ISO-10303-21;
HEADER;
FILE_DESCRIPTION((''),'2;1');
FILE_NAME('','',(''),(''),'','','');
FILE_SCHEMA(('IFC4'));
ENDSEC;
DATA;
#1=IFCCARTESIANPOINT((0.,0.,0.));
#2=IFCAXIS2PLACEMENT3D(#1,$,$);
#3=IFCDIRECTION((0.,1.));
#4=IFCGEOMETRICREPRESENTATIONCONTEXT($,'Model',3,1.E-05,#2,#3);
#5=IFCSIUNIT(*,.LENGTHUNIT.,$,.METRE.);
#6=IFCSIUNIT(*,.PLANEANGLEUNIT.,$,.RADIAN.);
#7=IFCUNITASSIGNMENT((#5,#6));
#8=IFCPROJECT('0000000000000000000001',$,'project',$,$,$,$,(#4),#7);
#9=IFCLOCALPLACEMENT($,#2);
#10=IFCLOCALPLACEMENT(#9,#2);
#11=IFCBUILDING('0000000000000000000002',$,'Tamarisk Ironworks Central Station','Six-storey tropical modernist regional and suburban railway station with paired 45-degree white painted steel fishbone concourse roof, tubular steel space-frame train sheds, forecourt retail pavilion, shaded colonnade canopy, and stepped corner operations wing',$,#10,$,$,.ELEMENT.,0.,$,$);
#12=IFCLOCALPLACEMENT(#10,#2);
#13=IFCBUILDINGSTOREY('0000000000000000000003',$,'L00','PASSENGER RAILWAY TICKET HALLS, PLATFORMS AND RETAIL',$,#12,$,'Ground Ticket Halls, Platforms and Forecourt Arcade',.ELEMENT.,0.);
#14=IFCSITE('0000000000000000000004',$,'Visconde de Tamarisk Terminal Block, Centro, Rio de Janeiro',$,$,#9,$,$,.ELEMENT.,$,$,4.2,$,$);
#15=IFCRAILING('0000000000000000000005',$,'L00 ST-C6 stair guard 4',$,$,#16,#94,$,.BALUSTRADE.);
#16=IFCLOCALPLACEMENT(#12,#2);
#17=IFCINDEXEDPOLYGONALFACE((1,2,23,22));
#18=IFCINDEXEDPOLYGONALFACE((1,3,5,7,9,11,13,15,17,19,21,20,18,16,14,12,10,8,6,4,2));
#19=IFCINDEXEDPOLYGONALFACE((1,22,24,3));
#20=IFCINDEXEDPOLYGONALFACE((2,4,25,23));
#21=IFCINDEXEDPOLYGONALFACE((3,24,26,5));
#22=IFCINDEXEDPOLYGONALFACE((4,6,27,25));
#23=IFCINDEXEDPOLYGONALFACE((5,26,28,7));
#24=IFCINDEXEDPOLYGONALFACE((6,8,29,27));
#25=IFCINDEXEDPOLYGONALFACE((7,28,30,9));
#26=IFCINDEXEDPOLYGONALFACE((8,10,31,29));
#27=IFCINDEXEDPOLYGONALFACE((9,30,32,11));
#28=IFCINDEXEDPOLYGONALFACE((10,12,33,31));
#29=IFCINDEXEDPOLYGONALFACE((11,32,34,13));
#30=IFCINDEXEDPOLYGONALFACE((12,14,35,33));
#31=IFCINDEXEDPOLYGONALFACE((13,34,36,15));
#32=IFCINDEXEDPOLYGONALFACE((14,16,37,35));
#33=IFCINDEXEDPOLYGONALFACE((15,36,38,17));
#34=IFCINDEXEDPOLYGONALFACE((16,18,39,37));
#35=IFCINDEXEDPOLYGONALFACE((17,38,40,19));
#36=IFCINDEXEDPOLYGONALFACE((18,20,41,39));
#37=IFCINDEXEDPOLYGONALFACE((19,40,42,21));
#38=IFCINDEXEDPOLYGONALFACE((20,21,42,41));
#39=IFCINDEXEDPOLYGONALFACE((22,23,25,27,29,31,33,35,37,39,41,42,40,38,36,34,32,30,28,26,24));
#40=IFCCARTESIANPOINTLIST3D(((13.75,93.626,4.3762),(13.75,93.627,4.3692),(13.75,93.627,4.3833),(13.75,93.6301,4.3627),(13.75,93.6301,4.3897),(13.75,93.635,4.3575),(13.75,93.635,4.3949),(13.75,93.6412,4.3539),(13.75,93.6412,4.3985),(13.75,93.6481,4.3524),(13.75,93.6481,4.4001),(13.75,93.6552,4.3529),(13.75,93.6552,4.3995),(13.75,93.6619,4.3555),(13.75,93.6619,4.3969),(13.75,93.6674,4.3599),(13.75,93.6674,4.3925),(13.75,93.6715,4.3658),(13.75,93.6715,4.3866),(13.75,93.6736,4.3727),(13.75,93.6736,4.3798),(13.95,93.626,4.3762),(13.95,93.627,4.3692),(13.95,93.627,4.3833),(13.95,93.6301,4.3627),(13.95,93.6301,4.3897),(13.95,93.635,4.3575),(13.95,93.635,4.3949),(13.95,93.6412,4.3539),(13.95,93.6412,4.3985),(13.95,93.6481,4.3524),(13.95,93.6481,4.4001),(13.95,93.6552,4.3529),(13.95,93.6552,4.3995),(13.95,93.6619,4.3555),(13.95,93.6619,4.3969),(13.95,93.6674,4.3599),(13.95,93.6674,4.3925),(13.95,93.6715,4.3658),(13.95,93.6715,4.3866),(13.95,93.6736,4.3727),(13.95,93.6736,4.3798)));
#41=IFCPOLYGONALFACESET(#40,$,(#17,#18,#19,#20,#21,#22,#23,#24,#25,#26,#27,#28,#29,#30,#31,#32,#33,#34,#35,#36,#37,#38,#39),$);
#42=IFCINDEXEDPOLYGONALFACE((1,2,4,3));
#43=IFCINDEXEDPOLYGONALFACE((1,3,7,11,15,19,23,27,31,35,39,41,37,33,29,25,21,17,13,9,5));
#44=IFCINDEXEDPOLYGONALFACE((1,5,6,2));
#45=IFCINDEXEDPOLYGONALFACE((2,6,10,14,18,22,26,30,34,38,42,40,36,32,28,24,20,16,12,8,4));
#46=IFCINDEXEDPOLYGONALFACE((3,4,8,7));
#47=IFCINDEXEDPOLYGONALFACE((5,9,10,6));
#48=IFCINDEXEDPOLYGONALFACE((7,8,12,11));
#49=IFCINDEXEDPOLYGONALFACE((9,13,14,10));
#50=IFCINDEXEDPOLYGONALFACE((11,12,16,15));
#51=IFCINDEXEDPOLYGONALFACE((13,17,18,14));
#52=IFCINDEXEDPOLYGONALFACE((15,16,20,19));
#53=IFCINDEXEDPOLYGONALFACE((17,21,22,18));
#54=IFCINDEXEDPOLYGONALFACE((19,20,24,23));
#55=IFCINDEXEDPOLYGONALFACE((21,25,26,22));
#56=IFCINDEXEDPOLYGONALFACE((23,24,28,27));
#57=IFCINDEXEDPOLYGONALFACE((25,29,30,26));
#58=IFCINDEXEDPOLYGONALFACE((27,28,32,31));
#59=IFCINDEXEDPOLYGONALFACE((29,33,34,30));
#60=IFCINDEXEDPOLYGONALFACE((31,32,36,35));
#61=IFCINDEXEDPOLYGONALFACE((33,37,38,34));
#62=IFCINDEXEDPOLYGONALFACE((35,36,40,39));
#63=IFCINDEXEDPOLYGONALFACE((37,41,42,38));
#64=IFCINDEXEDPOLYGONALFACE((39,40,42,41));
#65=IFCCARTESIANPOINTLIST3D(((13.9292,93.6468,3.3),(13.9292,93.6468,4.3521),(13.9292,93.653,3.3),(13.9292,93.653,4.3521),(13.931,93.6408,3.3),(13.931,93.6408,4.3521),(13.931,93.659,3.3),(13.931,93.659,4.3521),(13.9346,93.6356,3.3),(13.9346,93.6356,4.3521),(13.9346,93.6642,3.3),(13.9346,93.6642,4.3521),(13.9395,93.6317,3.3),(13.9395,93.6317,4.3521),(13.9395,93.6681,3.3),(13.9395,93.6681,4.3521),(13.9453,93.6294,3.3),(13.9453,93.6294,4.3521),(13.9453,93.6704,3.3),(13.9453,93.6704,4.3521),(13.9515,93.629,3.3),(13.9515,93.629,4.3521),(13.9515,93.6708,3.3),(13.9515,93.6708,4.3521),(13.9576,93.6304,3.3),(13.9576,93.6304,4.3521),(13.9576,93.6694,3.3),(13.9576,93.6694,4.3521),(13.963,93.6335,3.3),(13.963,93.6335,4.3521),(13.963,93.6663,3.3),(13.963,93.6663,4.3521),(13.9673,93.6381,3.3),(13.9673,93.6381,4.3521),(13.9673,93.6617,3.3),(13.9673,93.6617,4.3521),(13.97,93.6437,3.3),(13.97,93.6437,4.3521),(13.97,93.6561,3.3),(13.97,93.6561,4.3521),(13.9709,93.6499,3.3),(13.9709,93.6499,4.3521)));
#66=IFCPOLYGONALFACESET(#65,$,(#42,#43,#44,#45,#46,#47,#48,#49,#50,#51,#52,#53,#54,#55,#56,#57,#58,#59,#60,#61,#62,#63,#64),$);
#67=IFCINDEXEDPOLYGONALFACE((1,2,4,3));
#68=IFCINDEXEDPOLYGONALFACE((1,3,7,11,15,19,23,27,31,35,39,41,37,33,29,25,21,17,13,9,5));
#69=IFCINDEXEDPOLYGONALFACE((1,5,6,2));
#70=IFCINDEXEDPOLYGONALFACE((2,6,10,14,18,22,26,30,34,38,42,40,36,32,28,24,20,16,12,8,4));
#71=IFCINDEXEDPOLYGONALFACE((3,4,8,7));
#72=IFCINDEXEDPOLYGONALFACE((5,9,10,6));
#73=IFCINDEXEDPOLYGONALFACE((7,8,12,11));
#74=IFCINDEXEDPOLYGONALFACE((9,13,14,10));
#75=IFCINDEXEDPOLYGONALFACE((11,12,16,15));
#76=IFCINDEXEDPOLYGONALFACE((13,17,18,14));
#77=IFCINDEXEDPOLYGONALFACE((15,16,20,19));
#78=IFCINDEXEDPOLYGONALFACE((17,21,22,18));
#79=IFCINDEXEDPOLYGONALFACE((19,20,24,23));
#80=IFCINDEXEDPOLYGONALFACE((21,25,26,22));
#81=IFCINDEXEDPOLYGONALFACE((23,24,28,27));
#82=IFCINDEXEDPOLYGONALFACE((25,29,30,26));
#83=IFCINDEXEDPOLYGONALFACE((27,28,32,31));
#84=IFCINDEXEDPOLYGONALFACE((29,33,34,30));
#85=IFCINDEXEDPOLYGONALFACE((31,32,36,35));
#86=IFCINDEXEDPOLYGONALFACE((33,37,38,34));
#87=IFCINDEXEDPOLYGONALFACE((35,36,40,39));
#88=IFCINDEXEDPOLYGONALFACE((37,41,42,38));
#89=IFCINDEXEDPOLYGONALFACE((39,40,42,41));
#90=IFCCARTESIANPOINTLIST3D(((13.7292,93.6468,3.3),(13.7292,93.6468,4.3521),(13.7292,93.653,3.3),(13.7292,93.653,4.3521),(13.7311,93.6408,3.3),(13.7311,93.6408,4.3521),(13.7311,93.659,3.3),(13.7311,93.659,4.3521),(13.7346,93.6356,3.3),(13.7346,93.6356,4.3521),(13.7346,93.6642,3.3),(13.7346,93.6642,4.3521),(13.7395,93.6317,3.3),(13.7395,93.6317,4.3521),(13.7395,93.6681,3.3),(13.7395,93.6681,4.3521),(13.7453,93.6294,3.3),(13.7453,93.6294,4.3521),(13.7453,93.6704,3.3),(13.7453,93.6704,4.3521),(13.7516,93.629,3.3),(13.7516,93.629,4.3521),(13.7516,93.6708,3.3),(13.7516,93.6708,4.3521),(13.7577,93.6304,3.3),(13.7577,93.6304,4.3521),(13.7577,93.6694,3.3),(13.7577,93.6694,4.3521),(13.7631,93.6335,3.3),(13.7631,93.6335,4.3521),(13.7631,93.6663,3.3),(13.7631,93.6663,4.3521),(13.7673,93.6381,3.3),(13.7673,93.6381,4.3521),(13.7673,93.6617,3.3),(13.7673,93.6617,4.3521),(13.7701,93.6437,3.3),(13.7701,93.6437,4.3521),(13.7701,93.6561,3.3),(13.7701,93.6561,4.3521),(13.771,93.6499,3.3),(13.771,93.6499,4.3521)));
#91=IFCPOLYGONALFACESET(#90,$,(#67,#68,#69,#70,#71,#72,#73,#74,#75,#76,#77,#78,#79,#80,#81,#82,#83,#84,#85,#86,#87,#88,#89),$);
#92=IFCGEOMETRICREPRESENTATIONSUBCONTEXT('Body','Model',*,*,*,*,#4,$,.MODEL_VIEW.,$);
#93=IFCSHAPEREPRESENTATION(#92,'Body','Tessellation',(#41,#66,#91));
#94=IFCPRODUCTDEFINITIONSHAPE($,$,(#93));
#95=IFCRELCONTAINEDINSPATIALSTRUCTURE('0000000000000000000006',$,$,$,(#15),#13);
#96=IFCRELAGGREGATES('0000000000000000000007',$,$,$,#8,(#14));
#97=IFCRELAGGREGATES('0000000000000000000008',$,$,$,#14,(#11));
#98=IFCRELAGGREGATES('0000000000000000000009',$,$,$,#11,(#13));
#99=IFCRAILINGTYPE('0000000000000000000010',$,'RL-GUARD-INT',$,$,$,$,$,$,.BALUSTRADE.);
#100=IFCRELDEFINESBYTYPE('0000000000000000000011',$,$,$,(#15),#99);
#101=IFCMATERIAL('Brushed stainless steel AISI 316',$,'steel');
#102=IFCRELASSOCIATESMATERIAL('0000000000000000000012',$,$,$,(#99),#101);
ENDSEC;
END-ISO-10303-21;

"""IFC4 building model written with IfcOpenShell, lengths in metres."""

from ifc_helpers import new_model, si_unit, direction, frame, origin, origin_2d, place, context, subcontext, project, spatial, circle, extrude, material, type_object, element, save


model = new_model("IFC4")

# Units and contexts
model_context = context("Model", 3, precision=1e-05, world=origin(), true_north=direction((0.0, 1.0)))
body_context = subcontext(model_context, "Body", "Model", "MODEL_VIEW")
ifc_project = project(units=[si_unit("LENGTHUNIT", "METRE"), si_unit("PLANEANGLEUNIT", "RADIAN")], contexts=[model_context])

# Site, building, storey
site_placement = place(None, origin())
site = spatial("IfcSite", under=ifc_project, at=site_placement, Name="Visconde de Tamarisk Terminal Block, Centro, Rio de Janeiro", CompositionType="ELEMENT", RefElevation=4.2)
building_placement = place(site_placement, origin())
building = spatial("IfcBuilding", under=site, at=building_placement, Name="Tamarisk Ironworks Central Station", Description="Six-storey tropical modernist regional and suburban railway station with paired 45-degree white painted steel fishbone concourse roof, tubular steel space-frame train sheds, forecourt retail pavilion, shaded colonnade canopy, and stepped corner operations wing", CompositionType="ELEMENT", ElevationOfRefHeight=0.0)
storey_placement = place(building_placement, origin())
storey = spatial("IfcBuildingStorey", under=building, at=storey_placement, Name="L00", Description="PASSENGER RAILWAY TICKET HALLS, PLATFORMS AND RETAIL", LongName="Ground Ticket Halls, Platforms and Forecourt Arcade", CompositionType="ELEMENT", Elevation=0.0)

# Railing
ifc_material_1 = material(Name="Brushed stainless steel AISI 316", Category="steel")
railing_type_1 = type_object("IfcRailingType", Name="RL-GUARD-INT", PredefinedType="BALUSTRADE", material=ifc_material_1)
railing_1_placement = place(storey_placement, frame((13.95, 93.6499, 3.3)))
element("IfcRailing", 1, at=railing_1_placement, inside=storey, type_object=railing_type_1, Name="L00 ST-C6 stair guard 4", PredefinedType="BALUSTRADE", context=body_context, shape_type="SweptSolid", body=[
    extrude(circle(Radius=0.0239, at=origin_2d()), frame((0.0, 0.0, 1.0762), z_axis=(-1.0, 0.0, 0.0), x_axis=(0.0, -1.0, 0.0)), (0.0, 0.0, 1.0), 0.2),
    extrude(circle(Radius=0.021, at=origin_2d()), origin(), (0.0, 0.0, 1.0), 1.052),
    extrude(circle(Radius=0.021, at=origin_2d()), frame((-0.2, 0.0, 0.0)), (0.0, 0.0, 1.0), 1.052),
])

save(model, "model.ifc")
